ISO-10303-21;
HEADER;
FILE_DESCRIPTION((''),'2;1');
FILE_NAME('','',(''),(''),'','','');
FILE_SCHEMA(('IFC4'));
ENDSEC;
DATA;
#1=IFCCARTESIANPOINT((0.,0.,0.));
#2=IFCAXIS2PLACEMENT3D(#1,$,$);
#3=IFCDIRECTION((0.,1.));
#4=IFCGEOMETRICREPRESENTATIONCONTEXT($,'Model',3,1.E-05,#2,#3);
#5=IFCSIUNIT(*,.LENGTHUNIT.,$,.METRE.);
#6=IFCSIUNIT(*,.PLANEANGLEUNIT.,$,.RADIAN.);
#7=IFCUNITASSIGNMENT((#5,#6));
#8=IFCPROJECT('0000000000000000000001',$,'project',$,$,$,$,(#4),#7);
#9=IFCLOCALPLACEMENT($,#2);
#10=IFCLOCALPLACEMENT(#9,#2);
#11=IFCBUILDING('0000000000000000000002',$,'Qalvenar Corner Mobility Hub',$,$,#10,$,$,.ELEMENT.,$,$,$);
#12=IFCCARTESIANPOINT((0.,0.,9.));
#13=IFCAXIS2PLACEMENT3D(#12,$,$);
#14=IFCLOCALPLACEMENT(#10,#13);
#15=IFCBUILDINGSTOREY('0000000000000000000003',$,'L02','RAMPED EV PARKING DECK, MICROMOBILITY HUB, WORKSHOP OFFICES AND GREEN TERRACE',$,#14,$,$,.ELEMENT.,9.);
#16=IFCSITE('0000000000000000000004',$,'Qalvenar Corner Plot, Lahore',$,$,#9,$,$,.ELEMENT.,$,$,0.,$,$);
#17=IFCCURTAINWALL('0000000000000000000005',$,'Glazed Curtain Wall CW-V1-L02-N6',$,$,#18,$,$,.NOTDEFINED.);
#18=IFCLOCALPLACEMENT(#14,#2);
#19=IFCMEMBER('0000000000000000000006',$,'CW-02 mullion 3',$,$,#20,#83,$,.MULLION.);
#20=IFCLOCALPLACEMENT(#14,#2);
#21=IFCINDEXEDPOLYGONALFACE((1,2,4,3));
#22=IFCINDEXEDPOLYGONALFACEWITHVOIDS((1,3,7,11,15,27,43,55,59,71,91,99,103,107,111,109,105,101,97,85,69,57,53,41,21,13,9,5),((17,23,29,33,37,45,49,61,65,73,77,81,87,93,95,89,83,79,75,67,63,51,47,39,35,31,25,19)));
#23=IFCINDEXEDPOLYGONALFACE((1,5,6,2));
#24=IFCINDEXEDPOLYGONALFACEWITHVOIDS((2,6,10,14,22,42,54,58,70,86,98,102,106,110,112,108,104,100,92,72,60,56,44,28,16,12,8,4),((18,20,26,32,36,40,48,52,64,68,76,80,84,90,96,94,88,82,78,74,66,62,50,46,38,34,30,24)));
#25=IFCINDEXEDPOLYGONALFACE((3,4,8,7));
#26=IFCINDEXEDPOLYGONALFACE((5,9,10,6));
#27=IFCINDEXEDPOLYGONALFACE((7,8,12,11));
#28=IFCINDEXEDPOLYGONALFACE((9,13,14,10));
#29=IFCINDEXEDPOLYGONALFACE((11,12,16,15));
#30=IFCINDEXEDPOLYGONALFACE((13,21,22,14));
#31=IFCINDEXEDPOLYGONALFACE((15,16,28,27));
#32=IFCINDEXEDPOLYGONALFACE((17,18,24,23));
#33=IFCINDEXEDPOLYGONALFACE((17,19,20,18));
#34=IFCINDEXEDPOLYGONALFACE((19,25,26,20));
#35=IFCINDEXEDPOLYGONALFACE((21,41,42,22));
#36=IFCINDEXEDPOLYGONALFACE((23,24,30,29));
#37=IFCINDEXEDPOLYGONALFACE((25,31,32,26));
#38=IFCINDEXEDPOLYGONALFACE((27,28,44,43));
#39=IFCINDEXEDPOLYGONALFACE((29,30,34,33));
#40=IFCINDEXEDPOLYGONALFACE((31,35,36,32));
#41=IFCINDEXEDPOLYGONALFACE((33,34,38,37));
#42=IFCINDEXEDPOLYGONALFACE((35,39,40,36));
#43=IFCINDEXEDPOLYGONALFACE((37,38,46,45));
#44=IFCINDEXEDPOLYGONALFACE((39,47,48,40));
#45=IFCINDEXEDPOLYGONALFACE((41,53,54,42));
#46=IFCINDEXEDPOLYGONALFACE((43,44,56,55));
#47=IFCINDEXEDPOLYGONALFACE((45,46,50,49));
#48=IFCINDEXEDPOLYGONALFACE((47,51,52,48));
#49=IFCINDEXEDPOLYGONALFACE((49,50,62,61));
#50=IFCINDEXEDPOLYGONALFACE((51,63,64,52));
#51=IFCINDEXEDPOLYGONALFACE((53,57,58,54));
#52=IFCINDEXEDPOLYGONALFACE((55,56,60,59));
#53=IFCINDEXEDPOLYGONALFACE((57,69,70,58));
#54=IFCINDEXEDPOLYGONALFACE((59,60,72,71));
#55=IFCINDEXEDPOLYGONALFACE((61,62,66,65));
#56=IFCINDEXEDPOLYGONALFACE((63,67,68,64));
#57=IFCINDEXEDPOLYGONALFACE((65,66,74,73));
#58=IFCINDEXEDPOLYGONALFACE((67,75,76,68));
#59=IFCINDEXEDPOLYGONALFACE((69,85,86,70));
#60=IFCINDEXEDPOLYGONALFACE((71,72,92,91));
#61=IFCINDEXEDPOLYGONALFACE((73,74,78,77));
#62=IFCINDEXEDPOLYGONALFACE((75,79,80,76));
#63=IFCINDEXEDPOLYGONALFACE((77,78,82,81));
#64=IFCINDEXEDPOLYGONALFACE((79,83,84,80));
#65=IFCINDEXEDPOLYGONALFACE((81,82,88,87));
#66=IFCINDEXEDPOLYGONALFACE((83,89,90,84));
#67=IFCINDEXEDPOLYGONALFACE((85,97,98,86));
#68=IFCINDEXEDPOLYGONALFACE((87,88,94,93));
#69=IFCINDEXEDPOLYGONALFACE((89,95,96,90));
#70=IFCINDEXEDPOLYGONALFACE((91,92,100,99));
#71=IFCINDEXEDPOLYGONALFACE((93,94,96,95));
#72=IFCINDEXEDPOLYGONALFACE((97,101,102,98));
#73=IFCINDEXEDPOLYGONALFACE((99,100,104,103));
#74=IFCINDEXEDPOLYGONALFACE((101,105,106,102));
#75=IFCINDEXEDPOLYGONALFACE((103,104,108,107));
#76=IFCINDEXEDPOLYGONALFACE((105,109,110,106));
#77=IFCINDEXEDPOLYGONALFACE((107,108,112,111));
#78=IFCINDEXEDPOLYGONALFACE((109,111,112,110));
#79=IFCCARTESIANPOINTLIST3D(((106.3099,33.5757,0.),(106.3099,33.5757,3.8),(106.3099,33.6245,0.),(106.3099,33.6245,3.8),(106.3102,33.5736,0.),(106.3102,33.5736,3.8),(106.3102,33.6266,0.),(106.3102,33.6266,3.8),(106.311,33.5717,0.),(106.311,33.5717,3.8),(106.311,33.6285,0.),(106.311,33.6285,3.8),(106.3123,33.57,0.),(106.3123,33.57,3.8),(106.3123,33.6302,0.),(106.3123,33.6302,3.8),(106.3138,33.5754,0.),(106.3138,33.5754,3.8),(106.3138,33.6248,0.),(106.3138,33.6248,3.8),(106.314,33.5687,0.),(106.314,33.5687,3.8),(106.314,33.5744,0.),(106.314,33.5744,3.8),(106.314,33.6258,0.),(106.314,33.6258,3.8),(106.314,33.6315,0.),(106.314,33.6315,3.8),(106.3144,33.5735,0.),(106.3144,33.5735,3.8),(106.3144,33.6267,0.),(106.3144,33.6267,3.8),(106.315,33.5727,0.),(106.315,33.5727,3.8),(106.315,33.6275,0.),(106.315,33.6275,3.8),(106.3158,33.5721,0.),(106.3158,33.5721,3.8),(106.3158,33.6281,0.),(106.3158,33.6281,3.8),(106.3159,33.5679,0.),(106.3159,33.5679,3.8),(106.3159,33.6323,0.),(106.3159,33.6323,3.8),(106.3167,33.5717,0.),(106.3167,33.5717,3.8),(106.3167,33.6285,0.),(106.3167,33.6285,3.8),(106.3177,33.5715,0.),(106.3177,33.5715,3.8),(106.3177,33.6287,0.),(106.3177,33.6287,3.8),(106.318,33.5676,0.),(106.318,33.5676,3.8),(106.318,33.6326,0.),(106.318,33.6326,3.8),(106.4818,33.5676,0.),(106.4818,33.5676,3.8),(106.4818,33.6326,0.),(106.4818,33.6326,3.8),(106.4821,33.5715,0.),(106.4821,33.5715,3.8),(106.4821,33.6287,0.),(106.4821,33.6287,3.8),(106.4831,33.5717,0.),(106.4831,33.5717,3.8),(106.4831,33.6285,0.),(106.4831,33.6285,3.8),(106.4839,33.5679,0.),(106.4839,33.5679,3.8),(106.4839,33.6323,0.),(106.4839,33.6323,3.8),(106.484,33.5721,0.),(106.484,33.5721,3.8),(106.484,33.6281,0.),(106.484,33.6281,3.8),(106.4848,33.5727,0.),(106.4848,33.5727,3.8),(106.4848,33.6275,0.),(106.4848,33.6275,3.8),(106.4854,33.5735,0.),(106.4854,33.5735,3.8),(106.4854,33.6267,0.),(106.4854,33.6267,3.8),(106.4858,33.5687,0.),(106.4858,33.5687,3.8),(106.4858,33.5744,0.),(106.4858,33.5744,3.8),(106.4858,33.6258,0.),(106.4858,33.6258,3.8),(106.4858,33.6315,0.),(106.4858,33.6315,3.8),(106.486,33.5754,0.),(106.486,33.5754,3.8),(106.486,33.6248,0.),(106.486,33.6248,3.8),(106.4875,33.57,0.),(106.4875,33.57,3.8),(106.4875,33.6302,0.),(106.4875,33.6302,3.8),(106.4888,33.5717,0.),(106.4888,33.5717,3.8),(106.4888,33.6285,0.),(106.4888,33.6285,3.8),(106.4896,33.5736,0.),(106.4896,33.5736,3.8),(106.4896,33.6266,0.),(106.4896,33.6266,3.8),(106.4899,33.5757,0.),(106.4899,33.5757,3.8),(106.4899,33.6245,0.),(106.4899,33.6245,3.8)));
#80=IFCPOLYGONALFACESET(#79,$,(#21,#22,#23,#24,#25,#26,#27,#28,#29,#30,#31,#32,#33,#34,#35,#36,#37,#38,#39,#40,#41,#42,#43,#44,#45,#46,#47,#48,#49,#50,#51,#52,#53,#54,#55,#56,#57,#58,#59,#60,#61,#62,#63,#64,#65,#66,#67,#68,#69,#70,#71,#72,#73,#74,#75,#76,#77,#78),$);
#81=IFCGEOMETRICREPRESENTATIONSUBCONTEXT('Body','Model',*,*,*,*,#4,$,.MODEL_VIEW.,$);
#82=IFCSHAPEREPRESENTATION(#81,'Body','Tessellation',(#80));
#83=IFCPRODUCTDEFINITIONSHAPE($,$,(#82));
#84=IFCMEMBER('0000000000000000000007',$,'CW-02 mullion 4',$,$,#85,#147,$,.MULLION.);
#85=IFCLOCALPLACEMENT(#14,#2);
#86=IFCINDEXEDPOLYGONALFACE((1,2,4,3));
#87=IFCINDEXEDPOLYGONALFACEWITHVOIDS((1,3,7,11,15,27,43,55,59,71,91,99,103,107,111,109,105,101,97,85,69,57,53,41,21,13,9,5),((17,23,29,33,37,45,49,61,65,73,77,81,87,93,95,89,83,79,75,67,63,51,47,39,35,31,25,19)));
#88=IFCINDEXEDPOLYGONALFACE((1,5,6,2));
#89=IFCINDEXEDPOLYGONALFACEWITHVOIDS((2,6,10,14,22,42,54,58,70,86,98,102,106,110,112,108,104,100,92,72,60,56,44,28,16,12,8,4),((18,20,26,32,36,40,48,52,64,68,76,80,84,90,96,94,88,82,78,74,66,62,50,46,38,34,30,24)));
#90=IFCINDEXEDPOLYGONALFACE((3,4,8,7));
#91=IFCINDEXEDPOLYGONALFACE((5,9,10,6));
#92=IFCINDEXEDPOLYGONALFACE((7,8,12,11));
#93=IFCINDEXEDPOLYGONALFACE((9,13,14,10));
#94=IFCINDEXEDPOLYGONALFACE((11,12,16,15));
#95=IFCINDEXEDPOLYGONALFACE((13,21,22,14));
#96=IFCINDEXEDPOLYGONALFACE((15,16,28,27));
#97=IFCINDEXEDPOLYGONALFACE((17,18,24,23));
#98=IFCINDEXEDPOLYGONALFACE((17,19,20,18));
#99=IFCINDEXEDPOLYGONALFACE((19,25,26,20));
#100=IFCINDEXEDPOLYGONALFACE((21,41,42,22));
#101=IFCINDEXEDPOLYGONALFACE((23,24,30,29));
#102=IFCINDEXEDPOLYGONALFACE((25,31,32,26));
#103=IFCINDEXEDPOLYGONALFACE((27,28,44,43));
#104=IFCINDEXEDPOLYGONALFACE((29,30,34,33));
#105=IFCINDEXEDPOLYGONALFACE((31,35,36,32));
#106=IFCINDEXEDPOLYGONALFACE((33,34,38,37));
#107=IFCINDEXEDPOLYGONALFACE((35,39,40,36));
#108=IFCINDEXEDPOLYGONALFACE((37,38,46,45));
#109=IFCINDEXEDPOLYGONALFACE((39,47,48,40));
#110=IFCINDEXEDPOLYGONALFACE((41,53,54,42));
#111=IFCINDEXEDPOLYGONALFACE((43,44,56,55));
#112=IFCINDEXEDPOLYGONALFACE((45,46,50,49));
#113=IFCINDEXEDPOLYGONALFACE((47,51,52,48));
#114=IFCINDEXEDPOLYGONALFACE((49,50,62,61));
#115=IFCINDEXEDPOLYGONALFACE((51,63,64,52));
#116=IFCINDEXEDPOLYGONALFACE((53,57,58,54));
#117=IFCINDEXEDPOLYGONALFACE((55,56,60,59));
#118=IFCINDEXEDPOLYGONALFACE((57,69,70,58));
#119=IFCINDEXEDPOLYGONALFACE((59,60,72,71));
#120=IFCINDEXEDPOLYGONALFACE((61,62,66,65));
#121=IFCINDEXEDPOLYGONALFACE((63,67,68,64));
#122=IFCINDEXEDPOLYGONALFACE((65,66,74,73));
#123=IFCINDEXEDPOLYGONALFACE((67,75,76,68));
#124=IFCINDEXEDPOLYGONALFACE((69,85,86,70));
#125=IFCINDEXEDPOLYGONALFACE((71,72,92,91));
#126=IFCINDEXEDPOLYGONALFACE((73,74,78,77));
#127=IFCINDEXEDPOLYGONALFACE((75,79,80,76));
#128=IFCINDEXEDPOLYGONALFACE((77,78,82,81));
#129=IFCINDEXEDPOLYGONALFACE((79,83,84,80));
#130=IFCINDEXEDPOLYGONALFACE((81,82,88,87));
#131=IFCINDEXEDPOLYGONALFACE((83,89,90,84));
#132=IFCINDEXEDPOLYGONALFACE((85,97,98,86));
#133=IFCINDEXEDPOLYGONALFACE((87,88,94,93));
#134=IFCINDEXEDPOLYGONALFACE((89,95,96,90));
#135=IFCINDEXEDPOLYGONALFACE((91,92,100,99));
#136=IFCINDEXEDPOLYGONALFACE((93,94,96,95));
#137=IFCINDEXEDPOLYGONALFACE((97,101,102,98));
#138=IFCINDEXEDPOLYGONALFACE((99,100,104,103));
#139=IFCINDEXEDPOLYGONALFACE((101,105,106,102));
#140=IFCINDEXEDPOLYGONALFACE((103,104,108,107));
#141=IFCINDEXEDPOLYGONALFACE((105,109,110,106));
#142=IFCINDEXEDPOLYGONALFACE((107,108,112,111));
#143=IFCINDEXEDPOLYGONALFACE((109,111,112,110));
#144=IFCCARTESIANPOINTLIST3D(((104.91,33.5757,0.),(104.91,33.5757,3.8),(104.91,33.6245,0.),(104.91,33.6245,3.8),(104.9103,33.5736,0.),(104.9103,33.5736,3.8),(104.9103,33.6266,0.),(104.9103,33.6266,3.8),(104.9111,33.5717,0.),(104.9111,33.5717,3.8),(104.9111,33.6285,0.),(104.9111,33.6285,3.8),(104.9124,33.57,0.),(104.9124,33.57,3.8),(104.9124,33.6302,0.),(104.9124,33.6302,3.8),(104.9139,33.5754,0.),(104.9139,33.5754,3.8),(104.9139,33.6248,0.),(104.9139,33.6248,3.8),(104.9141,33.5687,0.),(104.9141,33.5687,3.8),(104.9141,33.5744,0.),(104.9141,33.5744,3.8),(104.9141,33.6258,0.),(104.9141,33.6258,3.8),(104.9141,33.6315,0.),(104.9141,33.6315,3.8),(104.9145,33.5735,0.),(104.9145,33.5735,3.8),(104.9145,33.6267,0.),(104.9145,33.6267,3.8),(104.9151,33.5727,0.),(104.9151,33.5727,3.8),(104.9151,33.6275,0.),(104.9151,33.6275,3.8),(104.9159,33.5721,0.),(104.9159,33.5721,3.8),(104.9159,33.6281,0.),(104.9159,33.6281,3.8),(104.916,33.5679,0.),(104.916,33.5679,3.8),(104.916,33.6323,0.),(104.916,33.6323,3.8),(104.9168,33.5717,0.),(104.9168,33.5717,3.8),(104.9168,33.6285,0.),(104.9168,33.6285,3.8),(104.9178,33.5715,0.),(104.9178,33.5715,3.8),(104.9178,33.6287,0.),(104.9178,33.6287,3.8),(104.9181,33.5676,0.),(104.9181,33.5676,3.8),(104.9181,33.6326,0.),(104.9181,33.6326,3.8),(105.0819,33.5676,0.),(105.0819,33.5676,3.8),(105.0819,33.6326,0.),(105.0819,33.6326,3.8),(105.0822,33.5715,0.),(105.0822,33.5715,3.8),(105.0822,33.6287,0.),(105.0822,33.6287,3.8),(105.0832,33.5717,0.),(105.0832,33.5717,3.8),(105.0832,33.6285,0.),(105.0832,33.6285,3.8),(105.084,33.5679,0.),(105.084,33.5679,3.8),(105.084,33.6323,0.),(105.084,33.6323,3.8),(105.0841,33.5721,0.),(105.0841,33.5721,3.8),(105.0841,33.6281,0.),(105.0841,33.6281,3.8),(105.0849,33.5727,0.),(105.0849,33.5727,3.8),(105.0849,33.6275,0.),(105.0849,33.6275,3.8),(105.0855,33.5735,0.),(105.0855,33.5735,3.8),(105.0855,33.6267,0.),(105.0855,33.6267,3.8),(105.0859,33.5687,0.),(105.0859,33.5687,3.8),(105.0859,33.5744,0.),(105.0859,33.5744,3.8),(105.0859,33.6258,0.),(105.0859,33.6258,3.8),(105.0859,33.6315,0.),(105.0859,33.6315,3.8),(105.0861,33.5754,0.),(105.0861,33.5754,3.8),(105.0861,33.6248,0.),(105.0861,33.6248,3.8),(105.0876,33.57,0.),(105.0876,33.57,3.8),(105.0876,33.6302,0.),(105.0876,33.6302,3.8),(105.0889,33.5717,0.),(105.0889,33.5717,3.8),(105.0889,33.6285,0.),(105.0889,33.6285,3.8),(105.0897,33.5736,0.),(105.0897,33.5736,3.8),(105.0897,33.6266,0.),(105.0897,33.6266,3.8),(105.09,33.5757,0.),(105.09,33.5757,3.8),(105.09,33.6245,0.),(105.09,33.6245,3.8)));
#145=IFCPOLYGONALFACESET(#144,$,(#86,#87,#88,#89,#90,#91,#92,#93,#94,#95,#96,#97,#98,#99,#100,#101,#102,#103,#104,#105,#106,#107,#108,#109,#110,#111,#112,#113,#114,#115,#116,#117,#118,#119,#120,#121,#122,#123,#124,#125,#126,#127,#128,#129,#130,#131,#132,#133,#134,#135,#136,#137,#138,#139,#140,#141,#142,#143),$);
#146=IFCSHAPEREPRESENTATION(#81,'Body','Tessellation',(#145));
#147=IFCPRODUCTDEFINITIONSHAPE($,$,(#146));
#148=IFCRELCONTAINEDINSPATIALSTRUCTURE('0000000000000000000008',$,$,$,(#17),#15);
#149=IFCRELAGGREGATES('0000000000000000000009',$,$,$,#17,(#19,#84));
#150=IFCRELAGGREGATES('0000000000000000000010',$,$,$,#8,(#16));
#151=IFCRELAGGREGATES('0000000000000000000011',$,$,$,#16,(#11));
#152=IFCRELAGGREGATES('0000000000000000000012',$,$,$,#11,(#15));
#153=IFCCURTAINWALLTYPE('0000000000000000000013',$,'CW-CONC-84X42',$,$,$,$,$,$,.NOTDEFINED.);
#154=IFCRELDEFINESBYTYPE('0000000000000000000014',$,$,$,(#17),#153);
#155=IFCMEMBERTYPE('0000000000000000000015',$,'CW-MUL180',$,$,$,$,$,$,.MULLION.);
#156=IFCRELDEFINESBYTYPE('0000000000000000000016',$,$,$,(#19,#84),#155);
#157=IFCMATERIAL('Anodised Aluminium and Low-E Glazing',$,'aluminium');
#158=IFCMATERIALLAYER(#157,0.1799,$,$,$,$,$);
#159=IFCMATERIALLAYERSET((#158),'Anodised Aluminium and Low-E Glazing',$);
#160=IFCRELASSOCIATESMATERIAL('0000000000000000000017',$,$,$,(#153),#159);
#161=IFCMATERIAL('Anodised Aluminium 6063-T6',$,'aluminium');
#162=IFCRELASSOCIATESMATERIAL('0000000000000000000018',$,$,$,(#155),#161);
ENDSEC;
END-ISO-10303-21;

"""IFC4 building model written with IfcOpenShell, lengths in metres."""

from ifc_helpers import new_model, si_unit, direction, frame, origin, origin_2d, place, context, subcontext, project, spatial, hollow_rectangle, extrude, material, layer, layer_set, material_profile, profile_set, type_object, element, aggregate, save


model = new_model("IFC4")

# Units and contexts
model_context = context("Model", 3, precision=1e-05, world=origin(), true_north=direction((0.0, 1.0)))
body_context = subcontext(model_context, "Body", "Model", "MODEL_VIEW")
ifc_project = project(units=[si_unit("LENGTHUNIT", "METRE"), si_unit("PLANEANGLEUNIT", "RADIAN")], contexts=[model_context])

# Site, building, storey
site_placement = place(None, origin())
site = spatial("IfcSite", under=ifc_project, at=site_placement, Name="Qalvenar Corner Plot, Lahore", CompositionType="ELEMENT", RefElevation=0.0)
building_placement = place(site_placement, origin())
building = spatial("IfcBuilding", under=site, at=building_placement, Name="Qalvenar Corner Mobility Hub", CompositionType="ELEMENT")
storey_placement = place(building_placement, frame((0.0, 0.0, 9.0)))
storey = spatial("IfcBuildingStorey", under=building, at=storey_placement, Name="L02", Description="RAMPED EV PARKING DECK, MICROMOBILITY HUB, WORKSHOP OFFICES AND GREEN TERRACE", CompositionType="ELEMENT", Elevation=9.0)

# Curtain wall, members
ifc_material_1 = material(Name="Anodised Aluminium and Low-E Glazing", Category="aluminium")
ifc_layer_1 = layer(ifc_material_1, 0.1799)
ifc_layer_set_1 = layer_set([ifc_layer_1], Name="Anodised Aluminium and Low-E Glazing")
curtain_wall_type = type_object("IfcCurtainWallType", Name="CW-CONC-84X42", PredefinedType="NOTDEFINED", material=ifc_layer_set_1)
curtain_wall_placement = place(storey_placement, origin())
curtain_wall = element("IfcCurtainWall", 1, at=curtain_wall_placement, inside=storey, type_object=curtain_wall_type, Name="Glazed Curtain Wall CW-V1-L02-N6", PredefinedType="NOTDEFINED")
ifc_material_2 = material(Name="Anodised Aluminium 6063-T6", Category="aluminium")
ifc_material_profile_1 = material_profile(ifc_material_2, hollow_rectangle(XDim=0.0649, YDim=0.1799, WallThickness=0.0039, InnerFilletRadius=0.0039, OuterFilletRadius=0.0081, at=origin_2d()), Name="RHS180x65x4")
ifc_profile_set_1 = profile_set([ifc_material_profile_1], Name="Anodised Aluminium 6063-T6")
member_type_1 = type_object("IfcMemberType", Name="CW-MUL180", PredefinedType="MULLION", material=ifc_profile_set_1)
member_1_placement = place(storey_placement, frame((106.3999, 33.6001, 0.0), z_axis=(0.0, 0.0, 1.0), x_axis=(0.0, -1.0, 0.0)))
member_1 = element("IfcMember", 2, at=member_1_placement, type_object=member_type_1, Name="CW-02 mullion 3", PredefinedType="MULLION", context=body_context, shape_type="SweptSolid", body=[
    extrude(hollow_rectangle(XDim=0.0649, YDim=0.1799, WallThickness=0.0039, InnerFilletRadius=0.0039, OuterFilletRadius=0.0081, at=origin_2d()), origin(), (0.0, 0.0, 1.0), 3.8),
])
member_2_placement = place(storey_placement, frame((105.0, 33.6001, 0.0), z_axis=(0.0, 0.0, 1.0), x_axis=(0.0, -1.0, 0.0)))
member_2 = element("IfcMember", 3, at=member_2_placement, type_object=member_type_1, Name="CW-02 mullion 4", PredefinedType="MULLION", context=body_context, shape_type="SweptSolid", body=[
    extrude(hollow_rectangle(XDim=0.0649, YDim=0.1799, WallThickness=0.0039, InnerFilletRadius=0.0039, OuterFilletRadius=0.0081, at=origin_2d()), origin(), (0.0, 0.0, 1.0), 3.8),
])

aggregate(curtain_wall, [member_1, member_2])

save(model, "model.ifc")
